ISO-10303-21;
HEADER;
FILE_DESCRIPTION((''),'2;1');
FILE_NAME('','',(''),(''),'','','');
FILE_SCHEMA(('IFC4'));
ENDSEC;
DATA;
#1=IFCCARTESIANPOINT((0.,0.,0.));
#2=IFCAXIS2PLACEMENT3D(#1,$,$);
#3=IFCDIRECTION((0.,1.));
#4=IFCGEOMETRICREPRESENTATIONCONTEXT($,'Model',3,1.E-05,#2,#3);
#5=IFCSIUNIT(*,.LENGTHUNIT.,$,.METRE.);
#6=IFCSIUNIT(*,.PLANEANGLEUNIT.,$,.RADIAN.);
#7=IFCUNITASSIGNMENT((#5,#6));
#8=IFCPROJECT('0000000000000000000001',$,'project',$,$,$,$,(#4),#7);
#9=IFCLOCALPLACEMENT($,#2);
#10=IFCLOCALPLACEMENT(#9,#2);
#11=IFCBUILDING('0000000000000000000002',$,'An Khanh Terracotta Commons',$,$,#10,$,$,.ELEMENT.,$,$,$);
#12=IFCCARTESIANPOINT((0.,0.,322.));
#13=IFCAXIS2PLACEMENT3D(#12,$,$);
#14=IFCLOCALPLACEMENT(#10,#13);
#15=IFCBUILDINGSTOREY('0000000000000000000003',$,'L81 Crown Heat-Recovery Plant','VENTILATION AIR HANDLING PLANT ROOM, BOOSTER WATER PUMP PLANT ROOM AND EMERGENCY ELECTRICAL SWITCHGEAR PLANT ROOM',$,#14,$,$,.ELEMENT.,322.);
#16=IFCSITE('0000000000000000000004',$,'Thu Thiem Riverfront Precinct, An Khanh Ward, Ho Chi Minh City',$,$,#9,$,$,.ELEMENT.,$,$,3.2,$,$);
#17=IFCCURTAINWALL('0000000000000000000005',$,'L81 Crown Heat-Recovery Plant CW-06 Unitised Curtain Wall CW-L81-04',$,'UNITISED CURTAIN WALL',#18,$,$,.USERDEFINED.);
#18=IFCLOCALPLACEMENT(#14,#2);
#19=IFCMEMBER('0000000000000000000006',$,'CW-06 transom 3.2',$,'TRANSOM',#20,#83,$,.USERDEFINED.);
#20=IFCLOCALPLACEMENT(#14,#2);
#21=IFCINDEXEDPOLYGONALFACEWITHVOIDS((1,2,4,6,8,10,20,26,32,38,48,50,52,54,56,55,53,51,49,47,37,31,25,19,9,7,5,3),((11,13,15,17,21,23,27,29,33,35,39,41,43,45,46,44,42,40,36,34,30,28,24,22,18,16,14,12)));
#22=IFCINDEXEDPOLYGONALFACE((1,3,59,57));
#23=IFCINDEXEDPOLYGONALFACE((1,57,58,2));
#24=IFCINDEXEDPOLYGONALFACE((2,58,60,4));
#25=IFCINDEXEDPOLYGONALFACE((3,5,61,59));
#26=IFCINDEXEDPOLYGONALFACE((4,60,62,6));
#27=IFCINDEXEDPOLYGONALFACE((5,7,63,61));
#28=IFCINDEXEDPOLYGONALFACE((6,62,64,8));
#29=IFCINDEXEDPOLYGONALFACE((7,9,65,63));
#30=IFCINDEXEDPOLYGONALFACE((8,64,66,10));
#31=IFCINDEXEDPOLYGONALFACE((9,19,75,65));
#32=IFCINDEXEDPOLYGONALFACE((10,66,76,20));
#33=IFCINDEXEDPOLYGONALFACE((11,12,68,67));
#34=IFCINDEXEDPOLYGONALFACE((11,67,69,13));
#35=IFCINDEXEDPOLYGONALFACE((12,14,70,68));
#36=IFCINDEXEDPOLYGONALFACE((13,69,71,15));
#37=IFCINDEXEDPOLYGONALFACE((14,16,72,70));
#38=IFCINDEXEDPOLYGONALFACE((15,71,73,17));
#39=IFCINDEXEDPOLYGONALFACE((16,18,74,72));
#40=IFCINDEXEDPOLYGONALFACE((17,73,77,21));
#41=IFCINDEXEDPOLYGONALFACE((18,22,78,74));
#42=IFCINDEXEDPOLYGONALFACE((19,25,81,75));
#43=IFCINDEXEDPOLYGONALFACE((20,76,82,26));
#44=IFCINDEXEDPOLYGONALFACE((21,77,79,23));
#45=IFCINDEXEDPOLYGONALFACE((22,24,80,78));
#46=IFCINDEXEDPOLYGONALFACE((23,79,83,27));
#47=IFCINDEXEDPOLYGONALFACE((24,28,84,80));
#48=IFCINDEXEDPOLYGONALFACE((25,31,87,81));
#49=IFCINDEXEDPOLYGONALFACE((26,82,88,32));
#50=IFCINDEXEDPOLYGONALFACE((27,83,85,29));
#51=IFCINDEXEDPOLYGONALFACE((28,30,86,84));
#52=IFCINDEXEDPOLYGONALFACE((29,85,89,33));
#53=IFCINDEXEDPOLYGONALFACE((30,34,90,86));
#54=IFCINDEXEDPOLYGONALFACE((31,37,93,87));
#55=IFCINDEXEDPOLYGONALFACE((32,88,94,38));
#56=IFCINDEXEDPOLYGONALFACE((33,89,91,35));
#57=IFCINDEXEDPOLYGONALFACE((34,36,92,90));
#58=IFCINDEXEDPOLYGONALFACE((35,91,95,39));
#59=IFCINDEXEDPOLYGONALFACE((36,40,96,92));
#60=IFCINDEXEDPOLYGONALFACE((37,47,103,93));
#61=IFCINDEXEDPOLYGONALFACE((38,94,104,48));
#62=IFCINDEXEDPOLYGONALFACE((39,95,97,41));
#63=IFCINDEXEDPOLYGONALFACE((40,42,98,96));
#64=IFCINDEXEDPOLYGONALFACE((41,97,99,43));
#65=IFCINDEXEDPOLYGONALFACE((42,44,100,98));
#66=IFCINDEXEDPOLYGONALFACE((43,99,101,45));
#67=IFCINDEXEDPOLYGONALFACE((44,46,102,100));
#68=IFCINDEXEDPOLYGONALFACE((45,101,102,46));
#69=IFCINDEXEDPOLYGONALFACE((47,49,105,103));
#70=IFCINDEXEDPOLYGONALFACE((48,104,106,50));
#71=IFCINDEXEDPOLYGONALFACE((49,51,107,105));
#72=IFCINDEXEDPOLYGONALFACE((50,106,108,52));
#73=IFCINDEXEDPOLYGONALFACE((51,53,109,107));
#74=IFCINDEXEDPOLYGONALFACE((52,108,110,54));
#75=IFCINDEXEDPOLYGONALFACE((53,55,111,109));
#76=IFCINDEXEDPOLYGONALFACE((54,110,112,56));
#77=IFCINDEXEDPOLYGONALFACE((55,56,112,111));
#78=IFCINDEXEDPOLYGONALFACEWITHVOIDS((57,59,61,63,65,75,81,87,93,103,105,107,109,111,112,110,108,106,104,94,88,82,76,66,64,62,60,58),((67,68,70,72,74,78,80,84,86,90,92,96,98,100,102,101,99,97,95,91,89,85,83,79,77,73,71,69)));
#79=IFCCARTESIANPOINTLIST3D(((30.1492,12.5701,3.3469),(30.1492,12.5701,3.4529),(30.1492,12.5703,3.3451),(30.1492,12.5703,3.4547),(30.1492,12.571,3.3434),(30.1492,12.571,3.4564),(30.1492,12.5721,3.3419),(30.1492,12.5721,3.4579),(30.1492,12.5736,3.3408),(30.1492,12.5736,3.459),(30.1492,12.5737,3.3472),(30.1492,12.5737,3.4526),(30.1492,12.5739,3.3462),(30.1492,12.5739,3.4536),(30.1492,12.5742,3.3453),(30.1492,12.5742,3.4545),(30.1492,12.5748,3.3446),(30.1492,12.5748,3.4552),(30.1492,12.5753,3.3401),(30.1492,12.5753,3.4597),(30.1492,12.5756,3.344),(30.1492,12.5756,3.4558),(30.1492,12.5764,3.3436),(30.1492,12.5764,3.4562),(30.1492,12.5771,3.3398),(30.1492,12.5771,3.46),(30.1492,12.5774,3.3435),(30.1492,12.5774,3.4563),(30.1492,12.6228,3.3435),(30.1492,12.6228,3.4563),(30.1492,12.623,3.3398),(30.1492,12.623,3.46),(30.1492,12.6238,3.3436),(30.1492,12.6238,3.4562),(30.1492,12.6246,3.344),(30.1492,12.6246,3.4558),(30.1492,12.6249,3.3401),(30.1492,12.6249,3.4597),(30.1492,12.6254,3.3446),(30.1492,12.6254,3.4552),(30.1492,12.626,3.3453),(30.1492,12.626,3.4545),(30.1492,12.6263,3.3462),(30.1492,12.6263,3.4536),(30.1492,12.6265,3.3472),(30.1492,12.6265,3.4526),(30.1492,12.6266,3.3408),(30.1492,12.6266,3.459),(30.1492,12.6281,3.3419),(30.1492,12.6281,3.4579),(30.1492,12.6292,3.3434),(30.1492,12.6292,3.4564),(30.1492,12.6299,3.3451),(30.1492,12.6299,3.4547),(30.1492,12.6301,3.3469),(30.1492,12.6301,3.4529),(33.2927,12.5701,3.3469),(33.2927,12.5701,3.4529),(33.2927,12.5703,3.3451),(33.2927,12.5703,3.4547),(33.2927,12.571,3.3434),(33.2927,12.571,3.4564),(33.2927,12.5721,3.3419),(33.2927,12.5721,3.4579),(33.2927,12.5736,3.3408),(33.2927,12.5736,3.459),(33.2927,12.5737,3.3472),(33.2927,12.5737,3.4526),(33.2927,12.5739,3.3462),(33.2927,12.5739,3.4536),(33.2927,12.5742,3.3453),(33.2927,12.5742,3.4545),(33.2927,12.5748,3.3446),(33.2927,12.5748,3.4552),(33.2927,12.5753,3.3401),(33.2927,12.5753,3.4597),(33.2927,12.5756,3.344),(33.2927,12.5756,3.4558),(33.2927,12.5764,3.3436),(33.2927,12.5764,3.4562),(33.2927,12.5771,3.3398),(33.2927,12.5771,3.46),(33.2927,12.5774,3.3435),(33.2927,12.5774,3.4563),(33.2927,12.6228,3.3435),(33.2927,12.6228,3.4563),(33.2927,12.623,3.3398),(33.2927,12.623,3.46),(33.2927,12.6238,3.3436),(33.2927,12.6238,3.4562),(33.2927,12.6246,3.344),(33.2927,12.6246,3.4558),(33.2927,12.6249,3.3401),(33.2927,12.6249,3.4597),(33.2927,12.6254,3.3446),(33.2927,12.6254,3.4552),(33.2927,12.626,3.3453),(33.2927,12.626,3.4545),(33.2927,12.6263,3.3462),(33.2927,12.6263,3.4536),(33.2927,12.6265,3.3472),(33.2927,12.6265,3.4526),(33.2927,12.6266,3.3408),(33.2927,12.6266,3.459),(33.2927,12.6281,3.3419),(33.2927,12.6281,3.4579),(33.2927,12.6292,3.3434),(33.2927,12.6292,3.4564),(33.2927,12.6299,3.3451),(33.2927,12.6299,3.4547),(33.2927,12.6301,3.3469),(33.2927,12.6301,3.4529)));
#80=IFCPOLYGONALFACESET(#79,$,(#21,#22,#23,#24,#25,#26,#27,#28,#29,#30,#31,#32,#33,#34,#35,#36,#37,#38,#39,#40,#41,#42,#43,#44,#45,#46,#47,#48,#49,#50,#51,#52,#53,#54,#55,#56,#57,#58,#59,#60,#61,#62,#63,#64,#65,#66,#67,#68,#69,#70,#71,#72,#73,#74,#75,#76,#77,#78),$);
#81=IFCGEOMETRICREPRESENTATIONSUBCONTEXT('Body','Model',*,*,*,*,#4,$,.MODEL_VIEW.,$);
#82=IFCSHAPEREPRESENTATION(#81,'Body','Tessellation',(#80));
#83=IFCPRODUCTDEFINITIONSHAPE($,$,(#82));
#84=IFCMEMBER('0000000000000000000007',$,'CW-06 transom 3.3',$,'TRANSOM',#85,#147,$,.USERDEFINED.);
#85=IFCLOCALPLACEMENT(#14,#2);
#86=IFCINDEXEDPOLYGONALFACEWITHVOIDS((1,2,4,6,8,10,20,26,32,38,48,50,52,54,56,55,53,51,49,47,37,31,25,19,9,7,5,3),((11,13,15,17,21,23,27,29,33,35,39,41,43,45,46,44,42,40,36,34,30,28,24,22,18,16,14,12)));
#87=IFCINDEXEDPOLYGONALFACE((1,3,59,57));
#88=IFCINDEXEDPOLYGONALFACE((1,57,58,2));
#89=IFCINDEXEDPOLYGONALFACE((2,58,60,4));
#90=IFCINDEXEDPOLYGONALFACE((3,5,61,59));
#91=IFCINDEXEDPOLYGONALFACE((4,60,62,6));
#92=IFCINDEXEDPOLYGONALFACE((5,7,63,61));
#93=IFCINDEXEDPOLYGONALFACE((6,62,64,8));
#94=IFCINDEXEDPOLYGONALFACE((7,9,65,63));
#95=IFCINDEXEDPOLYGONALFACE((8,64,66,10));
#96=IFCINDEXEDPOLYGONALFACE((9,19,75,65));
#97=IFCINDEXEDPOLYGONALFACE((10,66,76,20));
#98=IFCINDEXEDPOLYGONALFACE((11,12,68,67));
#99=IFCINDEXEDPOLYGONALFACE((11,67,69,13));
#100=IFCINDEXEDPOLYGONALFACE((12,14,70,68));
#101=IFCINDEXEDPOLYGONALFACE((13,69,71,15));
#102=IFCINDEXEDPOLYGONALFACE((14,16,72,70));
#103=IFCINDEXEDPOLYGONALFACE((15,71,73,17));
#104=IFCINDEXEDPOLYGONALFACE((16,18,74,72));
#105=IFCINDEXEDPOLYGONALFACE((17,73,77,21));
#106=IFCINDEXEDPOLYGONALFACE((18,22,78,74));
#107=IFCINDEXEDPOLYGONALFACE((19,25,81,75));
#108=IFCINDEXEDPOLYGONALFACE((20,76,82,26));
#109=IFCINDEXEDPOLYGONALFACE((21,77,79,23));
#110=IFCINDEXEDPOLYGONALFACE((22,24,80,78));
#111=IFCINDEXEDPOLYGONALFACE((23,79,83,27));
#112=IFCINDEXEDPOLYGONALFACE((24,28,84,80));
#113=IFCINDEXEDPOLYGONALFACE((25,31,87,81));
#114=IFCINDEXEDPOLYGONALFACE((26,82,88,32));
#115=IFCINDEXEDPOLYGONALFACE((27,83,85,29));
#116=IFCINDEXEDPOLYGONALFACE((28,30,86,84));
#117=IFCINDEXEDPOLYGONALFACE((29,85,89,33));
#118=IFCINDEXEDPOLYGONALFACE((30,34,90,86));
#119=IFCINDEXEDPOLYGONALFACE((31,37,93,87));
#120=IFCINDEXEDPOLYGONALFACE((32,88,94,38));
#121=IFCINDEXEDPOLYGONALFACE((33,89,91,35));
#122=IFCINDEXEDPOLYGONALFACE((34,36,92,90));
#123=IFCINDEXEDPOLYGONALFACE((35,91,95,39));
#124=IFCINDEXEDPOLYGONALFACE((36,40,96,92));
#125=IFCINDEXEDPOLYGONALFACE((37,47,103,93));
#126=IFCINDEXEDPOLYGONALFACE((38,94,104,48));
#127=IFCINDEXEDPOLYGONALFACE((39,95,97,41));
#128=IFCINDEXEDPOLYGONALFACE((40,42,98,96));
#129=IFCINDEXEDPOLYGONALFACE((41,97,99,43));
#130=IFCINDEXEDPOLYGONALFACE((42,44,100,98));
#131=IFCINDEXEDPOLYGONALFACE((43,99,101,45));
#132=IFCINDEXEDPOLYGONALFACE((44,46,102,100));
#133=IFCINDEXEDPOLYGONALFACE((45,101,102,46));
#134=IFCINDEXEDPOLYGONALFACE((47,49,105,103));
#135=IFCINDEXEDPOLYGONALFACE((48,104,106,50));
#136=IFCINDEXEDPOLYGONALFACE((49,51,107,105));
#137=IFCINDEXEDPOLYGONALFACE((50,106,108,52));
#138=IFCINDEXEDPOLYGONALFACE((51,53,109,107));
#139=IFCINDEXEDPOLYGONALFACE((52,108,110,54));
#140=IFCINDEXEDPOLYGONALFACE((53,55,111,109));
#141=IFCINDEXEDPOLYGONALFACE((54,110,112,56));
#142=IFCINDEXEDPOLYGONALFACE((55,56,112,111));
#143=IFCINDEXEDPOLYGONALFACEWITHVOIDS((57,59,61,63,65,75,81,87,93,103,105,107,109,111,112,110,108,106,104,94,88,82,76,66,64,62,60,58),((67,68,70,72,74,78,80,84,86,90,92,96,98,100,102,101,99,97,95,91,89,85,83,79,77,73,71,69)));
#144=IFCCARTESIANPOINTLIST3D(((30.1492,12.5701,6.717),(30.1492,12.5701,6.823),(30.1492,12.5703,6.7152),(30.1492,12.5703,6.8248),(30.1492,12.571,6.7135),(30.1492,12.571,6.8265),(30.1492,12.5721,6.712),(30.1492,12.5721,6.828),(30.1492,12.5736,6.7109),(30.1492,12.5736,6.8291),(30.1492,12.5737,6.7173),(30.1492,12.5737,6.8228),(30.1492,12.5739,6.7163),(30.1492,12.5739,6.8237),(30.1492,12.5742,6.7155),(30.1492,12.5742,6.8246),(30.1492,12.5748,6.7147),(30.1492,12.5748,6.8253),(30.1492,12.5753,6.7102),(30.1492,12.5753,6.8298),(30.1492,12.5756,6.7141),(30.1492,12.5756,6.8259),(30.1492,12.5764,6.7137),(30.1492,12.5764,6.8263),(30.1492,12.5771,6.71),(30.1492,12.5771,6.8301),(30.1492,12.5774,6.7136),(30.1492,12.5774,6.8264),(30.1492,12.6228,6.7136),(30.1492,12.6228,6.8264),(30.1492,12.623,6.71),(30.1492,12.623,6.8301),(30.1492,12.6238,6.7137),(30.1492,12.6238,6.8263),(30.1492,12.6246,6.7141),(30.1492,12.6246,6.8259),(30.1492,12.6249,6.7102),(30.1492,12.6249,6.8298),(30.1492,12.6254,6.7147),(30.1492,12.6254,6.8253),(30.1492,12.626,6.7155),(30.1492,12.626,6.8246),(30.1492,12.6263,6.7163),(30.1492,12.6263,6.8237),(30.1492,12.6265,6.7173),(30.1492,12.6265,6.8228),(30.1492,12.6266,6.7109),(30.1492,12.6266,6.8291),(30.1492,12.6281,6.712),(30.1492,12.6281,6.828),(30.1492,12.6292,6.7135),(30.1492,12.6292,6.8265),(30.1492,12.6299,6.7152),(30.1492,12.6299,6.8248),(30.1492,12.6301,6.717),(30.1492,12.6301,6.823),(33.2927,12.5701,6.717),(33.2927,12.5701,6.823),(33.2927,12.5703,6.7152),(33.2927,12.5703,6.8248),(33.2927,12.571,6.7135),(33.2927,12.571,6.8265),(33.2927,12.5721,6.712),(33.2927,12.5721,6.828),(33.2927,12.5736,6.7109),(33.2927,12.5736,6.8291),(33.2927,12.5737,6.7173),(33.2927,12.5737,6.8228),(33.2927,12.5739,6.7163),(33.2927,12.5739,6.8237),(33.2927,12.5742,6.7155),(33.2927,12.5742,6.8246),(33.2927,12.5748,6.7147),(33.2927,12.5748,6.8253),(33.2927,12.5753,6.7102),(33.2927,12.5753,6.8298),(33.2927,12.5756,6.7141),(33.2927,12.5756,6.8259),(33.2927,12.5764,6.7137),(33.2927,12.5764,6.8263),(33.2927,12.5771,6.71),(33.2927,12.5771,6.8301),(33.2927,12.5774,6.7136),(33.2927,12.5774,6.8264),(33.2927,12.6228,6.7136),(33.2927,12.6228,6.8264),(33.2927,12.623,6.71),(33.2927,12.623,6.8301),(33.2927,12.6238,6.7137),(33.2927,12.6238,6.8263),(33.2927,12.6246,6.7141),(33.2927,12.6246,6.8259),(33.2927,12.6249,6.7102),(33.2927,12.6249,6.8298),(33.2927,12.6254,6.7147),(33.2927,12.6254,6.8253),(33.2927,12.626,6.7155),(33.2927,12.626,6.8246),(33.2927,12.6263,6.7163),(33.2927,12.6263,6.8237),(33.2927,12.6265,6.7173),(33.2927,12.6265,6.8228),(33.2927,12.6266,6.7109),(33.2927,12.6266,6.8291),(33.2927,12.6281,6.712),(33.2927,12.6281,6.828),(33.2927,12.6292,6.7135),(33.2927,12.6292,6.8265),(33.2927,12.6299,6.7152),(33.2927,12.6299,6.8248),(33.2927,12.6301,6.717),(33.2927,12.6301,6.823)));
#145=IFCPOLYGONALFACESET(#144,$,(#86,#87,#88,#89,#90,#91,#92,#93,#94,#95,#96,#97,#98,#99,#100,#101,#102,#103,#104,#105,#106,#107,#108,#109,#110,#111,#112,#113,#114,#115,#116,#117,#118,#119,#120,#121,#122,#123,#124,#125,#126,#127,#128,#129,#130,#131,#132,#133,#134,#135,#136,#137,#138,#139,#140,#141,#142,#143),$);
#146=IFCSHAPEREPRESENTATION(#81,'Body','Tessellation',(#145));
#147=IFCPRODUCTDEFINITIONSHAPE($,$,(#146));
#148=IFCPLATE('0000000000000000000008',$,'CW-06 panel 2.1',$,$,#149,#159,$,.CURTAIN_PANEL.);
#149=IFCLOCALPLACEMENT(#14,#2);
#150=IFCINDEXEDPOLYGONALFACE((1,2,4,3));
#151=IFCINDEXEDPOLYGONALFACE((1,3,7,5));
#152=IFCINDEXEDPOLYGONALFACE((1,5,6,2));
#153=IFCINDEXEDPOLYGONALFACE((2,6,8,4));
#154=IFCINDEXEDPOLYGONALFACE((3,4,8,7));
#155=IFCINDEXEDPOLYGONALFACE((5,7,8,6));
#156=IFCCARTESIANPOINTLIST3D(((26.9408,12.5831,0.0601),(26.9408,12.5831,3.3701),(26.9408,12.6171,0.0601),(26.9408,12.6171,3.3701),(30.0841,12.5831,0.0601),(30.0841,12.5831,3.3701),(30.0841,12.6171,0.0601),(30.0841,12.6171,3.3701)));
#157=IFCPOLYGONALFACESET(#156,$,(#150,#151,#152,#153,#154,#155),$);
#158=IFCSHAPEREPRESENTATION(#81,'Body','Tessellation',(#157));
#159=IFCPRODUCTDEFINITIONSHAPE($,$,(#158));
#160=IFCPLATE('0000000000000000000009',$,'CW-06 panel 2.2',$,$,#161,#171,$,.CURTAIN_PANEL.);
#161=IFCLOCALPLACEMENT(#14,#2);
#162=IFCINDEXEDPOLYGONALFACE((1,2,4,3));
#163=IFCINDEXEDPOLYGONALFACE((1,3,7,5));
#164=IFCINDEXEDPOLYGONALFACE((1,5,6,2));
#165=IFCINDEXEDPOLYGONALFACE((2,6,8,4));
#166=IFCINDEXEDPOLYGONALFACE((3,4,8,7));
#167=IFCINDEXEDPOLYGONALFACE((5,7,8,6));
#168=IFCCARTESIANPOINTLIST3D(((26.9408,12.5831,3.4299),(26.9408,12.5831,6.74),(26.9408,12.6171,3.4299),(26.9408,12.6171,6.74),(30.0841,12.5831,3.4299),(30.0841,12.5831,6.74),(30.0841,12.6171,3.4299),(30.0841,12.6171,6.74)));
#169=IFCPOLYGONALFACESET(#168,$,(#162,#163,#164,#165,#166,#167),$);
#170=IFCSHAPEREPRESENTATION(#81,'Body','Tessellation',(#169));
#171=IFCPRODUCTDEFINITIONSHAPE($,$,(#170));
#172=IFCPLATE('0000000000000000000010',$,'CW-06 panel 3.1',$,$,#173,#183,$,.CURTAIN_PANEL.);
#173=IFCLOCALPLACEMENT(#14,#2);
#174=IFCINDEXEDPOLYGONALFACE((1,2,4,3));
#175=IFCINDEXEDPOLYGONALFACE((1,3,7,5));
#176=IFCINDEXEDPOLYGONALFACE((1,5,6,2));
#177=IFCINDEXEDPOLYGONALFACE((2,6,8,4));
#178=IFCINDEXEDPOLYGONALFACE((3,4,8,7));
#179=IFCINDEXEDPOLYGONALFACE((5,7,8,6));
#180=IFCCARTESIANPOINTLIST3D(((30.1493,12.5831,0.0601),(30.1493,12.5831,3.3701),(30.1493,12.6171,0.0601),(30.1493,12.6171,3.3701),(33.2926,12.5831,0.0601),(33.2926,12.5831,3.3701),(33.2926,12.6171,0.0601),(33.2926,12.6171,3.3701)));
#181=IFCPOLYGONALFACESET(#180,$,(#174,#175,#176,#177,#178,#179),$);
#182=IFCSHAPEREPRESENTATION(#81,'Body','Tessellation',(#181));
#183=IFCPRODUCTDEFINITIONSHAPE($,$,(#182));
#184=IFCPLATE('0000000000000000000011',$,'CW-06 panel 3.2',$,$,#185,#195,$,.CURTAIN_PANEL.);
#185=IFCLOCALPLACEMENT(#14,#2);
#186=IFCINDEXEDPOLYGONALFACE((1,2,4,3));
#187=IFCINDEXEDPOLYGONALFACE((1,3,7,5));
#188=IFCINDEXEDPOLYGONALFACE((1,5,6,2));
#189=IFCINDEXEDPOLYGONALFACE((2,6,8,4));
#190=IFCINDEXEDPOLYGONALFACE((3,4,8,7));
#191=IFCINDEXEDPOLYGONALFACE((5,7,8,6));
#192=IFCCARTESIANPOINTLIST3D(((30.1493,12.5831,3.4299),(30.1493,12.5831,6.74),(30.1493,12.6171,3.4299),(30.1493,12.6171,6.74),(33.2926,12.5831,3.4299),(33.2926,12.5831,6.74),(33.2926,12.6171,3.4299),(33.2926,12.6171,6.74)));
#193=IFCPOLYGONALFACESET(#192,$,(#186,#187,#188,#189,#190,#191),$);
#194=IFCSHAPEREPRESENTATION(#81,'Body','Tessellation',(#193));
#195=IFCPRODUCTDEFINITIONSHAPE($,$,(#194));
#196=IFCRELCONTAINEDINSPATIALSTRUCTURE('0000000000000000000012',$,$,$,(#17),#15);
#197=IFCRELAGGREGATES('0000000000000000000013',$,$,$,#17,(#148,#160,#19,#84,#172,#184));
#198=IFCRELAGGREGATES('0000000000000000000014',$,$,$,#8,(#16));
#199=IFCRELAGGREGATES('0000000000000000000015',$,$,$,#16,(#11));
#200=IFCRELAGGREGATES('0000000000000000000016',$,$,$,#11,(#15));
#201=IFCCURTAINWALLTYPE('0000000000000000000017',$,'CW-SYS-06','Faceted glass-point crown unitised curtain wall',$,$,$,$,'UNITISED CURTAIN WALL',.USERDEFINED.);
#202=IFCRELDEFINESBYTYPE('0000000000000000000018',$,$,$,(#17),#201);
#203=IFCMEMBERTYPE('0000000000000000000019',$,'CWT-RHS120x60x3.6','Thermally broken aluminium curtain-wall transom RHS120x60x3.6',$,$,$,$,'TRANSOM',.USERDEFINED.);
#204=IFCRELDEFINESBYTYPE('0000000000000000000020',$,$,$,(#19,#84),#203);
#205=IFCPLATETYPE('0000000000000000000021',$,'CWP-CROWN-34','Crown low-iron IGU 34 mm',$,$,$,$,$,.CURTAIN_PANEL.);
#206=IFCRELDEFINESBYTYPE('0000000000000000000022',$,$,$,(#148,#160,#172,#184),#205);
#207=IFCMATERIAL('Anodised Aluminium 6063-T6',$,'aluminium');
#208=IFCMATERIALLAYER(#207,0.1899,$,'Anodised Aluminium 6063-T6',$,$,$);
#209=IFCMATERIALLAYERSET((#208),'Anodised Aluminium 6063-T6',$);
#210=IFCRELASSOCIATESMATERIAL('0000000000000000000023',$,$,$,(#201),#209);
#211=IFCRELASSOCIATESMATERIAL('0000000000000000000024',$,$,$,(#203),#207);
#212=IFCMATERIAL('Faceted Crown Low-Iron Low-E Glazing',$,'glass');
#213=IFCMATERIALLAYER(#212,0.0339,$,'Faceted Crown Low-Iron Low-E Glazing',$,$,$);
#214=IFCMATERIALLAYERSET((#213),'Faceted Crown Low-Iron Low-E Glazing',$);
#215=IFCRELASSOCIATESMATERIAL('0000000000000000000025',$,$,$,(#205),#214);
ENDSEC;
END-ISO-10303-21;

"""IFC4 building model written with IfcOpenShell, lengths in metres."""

from ifc_helpers import new_model, si_unit, direction, frame, origin, origin_2d, place, context, subcontext, project, spatial, rectangle, hollow_rectangle, extrude, material, layer, layer_set, material_profile, profile_set, type_object, element, aggregate, save


model = new_model("IFC4")

# Units and contexts
model_context = context("Model", 3, precision=1e-05, world=origin(), true_north=direction((0.0, 1.0)))
body_context = subcontext(model_context, "Body", "Model", "MODEL_VIEW")
ifc_project = project(units=[si_unit("LENGTHUNIT", "METRE"), si_unit("PLANEANGLEUNIT", "RADIAN")], contexts=[model_context])

# Site, building, storey
site_placement = place(None, origin())
site = spatial("IfcSite", under=ifc_project, at=site_placement, Name="Thu Thiem Riverfront Precinct, An Khanh Ward, Ho Chi Minh City", CompositionType="ELEMENT", RefElevation=3.2)
building_placement = place(site_placement, origin())
building = spatial("IfcBuilding", under=site, at=building_placement, Name="An Khanh Terracotta Commons", CompositionType="ELEMENT")
storey_placement = place(building_placement, frame((0.0, 0.0, 322.0)))
storey = spatial("IfcBuildingStorey", under=building, at=storey_placement, Name="L81 Crown Heat-Recovery Plant", Description="VENTILATION AIR HANDLING PLANT ROOM, BOOSTER WATER PUMP PLANT ROOM AND EMERGENCY ELECTRICAL SWITCHGEAR PLANT ROOM", CompositionType="ELEMENT", Elevation=322.0)

# Curtain wall, members, plates
ifc_material_1 = material(Name="Anodised Aluminium 6063-T6", Category="aluminium")
ifc_layer_1 = layer(ifc_material_1, 0.1899, Name="Anodised Aluminium 6063-T6")
ifc_layer_set_1 = layer_set([ifc_layer_1], Name="Anodised Aluminium 6063-T6")
curtain_wall_type = type_object("IfcCurtainWallType", Name="CW-SYS-06", Description="Faceted glass-point crown unitised curtain wall", ElementType="UNITISED CURTAIN WALL", PredefinedType="USERDEFINED", material=ifc_layer_set_1)
curtain_wall_placement = place(storey_placement, origin())
curtain_wall = element("IfcCurtainWall", 1, at=curtain_wall_placement, inside=storey, type_object=curtain_wall_type, Name="L81 Crown Heat-Recovery Plant CW-06 Unitised Curtain Wall CW-L81-04", ObjectType="UNITISED CURTAIN WALL", PredefinedType="USERDEFINED")
ifc_material_profile_1 = material_profile(ifc_material_1, hollow_rectangle(XDim=0.0601, YDim=0.1201, WallThickness=0.0037, InnerFilletRadius=0.0037, OuterFilletRadius=0.0071, at=origin_2d()), Name="RHS120x60x3.6")
ifc_profile_set_1 = profile_set([ifc_material_profile_1], Name="Anodised Aluminium 6063-T6")
member_type_1 = type_object("IfcMemberType", Name="CWT-RHS120x60x3.6", Description="Thermally broken aluminium curtain-wall transom RHS120x60x3.6", ElementType="TRANSOM", PredefinedType="USERDEFINED", material=ifc_profile_set_1)
member_1_placement = place(storey_placement, frame((30.1492, 12.6001, 3.3999), z_axis=(1.0, 0.0, 0.0), x_axis=(0.0, 1.0, 0.0)))
member_1 = element("IfcMember", 2, at=member_1_placement, type_object=member_type_1, Name="CW-06 transom 3.2", ObjectType="TRANSOM", PredefinedType="USERDEFINED", context=body_context, shape_type="SweptSolid", body=[
    extrude(hollow_rectangle(XDim=0.0601, YDim=0.1201, WallThickness=0.0037, InnerFilletRadius=0.0037, OuterFilletRadius=0.0071, at=origin_2d()), origin(), (0.0, 0.0, 1.0), 3.1436),
])
member_2_placement = place(storey_placement, frame((30.1492, 12.6001, 6.77), z_axis=(1.0, 0.0, 0.0), x_axis=(0.0, 1.0, 0.0)))
member_2 = element("IfcMember", 3, at=member_2_placement, type_object=member_type_1, Name="CW-06 transom 3.3", ObjectType="TRANSOM", PredefinedType="USERDEFINED", context=body_context, shape_type="SweptSolid", body=[
    extrude(hollow_rectangle(XDim=0.0601, YDim=0.1201, WallThickness=0.0037, InnerFilletRadius=0.0037, OuterFilletRadius=0.0071, at=origin_2d()), origin(), (0.0, 0.0, 1.0), 3.1436),
])
ifc_material_2 = material(Name="Faceted Crown Low-Iron Low-E Glazing", Category="glass")
ifc_layer_2 = layer(ifc_material_2, 0.0339, Name="Faceted Crown Low-Iron Low-E Glazing")
ifc_layer_set_2 = layer_set([ifc_layer_2], Name="Faceted Crown Low-Iron Low-E Glazing")
plate_type = type_object("IfcPlateType", Name="CWP-CROWN-34", Description="Crown low-iron IGU 34 mm", PredefinedType="CURTAIN_PANEL", material=ifc_layer_set_2)
plate_1_placement = place(storey_placement, frame((28.5125, 12.6001, 0.0601), z_axis=(0.0, 0.0, 1.0), x_axis=(1.0, 0.0, 0.0)))
plate_1 = element("IfcPlate", 4, at=plate_1_placement, type_object=plate_type, Name="CW-06 panel 2.1", PredefinedType="CURTAIN_PANEL", context=body_context, shape_type="SweptSolid", body=[
    extrude(rectangle(XDim=3.1433, YDim=0.0339, at=origin_2d()), origin(), (0.0, 0.0, 1.0), 3.3101),
])
plate_2_placement = place(storey_placement, frame((28.5125, 12.6001, 3.4299), z_axis=(0.0, 0.0, 1.0), x_axis=(1.0, 0.0, 0.0)))
plate_2 = element("IfcPlate", 5, at=plate_2_placement, type_object=plate_type, Name="CW-06 panel 2.2", PredefinedType="CURTAIN_PANEL", context=body_context, shape_type="SweptSolid", body=[
    extrude(rectangle(XDim=3.1433, YDim=0.0339, at=origin_2d()), origin(), (0.0, 0.0, 1.0), 3.3101),
])
plate_3_placement = place(storey_placement, frame((31.7209, 12.6001, 0.0601), z_axis=(0.0, 0.0, 1.0), x_axis=(1.0, 0.0, 0.0)))
plate_3 = element("IfcPlate", 6, at=plate_3_placement, type_object=plate_type, Name="CW-06 panel 3.1", PredefinedType="CURTAIN_PANEL", context=body_context, shape_type="SweptSolid", body=[
    extrude(rectangle(XDim=3.1433, YDim=0.0339, at=origin_2d()), origin(), (0.0, 0.0, 1.0), 3.3101),
])
plate_4_placement = place(storey_placement, frame((31.7209, 12.6001, 3.4299), z_axis=(0.0, 0.0, 1.0), x_axis=(1.0, 0.0, 0.0)))
plate_4 = element("IfcPlate", 7, at=plate_4_placement, type_object=plate_type, Name="CW-06 panel 3.2", PredefinedType="CURTAIN_PANEL", context=body_context, shape_type="SweptSolid", body=[
    extrude(rectangle(XDim=3.1433, YDim=0.0339, at=origin_2d()), origin(), (0.0, 0.0, 1.0), 3.3101),
])
aggregate(curtain_wall, [plate_1, plate_2, member_1, member_2, plate_3, plate_4])

save(model, "model.ifc")
